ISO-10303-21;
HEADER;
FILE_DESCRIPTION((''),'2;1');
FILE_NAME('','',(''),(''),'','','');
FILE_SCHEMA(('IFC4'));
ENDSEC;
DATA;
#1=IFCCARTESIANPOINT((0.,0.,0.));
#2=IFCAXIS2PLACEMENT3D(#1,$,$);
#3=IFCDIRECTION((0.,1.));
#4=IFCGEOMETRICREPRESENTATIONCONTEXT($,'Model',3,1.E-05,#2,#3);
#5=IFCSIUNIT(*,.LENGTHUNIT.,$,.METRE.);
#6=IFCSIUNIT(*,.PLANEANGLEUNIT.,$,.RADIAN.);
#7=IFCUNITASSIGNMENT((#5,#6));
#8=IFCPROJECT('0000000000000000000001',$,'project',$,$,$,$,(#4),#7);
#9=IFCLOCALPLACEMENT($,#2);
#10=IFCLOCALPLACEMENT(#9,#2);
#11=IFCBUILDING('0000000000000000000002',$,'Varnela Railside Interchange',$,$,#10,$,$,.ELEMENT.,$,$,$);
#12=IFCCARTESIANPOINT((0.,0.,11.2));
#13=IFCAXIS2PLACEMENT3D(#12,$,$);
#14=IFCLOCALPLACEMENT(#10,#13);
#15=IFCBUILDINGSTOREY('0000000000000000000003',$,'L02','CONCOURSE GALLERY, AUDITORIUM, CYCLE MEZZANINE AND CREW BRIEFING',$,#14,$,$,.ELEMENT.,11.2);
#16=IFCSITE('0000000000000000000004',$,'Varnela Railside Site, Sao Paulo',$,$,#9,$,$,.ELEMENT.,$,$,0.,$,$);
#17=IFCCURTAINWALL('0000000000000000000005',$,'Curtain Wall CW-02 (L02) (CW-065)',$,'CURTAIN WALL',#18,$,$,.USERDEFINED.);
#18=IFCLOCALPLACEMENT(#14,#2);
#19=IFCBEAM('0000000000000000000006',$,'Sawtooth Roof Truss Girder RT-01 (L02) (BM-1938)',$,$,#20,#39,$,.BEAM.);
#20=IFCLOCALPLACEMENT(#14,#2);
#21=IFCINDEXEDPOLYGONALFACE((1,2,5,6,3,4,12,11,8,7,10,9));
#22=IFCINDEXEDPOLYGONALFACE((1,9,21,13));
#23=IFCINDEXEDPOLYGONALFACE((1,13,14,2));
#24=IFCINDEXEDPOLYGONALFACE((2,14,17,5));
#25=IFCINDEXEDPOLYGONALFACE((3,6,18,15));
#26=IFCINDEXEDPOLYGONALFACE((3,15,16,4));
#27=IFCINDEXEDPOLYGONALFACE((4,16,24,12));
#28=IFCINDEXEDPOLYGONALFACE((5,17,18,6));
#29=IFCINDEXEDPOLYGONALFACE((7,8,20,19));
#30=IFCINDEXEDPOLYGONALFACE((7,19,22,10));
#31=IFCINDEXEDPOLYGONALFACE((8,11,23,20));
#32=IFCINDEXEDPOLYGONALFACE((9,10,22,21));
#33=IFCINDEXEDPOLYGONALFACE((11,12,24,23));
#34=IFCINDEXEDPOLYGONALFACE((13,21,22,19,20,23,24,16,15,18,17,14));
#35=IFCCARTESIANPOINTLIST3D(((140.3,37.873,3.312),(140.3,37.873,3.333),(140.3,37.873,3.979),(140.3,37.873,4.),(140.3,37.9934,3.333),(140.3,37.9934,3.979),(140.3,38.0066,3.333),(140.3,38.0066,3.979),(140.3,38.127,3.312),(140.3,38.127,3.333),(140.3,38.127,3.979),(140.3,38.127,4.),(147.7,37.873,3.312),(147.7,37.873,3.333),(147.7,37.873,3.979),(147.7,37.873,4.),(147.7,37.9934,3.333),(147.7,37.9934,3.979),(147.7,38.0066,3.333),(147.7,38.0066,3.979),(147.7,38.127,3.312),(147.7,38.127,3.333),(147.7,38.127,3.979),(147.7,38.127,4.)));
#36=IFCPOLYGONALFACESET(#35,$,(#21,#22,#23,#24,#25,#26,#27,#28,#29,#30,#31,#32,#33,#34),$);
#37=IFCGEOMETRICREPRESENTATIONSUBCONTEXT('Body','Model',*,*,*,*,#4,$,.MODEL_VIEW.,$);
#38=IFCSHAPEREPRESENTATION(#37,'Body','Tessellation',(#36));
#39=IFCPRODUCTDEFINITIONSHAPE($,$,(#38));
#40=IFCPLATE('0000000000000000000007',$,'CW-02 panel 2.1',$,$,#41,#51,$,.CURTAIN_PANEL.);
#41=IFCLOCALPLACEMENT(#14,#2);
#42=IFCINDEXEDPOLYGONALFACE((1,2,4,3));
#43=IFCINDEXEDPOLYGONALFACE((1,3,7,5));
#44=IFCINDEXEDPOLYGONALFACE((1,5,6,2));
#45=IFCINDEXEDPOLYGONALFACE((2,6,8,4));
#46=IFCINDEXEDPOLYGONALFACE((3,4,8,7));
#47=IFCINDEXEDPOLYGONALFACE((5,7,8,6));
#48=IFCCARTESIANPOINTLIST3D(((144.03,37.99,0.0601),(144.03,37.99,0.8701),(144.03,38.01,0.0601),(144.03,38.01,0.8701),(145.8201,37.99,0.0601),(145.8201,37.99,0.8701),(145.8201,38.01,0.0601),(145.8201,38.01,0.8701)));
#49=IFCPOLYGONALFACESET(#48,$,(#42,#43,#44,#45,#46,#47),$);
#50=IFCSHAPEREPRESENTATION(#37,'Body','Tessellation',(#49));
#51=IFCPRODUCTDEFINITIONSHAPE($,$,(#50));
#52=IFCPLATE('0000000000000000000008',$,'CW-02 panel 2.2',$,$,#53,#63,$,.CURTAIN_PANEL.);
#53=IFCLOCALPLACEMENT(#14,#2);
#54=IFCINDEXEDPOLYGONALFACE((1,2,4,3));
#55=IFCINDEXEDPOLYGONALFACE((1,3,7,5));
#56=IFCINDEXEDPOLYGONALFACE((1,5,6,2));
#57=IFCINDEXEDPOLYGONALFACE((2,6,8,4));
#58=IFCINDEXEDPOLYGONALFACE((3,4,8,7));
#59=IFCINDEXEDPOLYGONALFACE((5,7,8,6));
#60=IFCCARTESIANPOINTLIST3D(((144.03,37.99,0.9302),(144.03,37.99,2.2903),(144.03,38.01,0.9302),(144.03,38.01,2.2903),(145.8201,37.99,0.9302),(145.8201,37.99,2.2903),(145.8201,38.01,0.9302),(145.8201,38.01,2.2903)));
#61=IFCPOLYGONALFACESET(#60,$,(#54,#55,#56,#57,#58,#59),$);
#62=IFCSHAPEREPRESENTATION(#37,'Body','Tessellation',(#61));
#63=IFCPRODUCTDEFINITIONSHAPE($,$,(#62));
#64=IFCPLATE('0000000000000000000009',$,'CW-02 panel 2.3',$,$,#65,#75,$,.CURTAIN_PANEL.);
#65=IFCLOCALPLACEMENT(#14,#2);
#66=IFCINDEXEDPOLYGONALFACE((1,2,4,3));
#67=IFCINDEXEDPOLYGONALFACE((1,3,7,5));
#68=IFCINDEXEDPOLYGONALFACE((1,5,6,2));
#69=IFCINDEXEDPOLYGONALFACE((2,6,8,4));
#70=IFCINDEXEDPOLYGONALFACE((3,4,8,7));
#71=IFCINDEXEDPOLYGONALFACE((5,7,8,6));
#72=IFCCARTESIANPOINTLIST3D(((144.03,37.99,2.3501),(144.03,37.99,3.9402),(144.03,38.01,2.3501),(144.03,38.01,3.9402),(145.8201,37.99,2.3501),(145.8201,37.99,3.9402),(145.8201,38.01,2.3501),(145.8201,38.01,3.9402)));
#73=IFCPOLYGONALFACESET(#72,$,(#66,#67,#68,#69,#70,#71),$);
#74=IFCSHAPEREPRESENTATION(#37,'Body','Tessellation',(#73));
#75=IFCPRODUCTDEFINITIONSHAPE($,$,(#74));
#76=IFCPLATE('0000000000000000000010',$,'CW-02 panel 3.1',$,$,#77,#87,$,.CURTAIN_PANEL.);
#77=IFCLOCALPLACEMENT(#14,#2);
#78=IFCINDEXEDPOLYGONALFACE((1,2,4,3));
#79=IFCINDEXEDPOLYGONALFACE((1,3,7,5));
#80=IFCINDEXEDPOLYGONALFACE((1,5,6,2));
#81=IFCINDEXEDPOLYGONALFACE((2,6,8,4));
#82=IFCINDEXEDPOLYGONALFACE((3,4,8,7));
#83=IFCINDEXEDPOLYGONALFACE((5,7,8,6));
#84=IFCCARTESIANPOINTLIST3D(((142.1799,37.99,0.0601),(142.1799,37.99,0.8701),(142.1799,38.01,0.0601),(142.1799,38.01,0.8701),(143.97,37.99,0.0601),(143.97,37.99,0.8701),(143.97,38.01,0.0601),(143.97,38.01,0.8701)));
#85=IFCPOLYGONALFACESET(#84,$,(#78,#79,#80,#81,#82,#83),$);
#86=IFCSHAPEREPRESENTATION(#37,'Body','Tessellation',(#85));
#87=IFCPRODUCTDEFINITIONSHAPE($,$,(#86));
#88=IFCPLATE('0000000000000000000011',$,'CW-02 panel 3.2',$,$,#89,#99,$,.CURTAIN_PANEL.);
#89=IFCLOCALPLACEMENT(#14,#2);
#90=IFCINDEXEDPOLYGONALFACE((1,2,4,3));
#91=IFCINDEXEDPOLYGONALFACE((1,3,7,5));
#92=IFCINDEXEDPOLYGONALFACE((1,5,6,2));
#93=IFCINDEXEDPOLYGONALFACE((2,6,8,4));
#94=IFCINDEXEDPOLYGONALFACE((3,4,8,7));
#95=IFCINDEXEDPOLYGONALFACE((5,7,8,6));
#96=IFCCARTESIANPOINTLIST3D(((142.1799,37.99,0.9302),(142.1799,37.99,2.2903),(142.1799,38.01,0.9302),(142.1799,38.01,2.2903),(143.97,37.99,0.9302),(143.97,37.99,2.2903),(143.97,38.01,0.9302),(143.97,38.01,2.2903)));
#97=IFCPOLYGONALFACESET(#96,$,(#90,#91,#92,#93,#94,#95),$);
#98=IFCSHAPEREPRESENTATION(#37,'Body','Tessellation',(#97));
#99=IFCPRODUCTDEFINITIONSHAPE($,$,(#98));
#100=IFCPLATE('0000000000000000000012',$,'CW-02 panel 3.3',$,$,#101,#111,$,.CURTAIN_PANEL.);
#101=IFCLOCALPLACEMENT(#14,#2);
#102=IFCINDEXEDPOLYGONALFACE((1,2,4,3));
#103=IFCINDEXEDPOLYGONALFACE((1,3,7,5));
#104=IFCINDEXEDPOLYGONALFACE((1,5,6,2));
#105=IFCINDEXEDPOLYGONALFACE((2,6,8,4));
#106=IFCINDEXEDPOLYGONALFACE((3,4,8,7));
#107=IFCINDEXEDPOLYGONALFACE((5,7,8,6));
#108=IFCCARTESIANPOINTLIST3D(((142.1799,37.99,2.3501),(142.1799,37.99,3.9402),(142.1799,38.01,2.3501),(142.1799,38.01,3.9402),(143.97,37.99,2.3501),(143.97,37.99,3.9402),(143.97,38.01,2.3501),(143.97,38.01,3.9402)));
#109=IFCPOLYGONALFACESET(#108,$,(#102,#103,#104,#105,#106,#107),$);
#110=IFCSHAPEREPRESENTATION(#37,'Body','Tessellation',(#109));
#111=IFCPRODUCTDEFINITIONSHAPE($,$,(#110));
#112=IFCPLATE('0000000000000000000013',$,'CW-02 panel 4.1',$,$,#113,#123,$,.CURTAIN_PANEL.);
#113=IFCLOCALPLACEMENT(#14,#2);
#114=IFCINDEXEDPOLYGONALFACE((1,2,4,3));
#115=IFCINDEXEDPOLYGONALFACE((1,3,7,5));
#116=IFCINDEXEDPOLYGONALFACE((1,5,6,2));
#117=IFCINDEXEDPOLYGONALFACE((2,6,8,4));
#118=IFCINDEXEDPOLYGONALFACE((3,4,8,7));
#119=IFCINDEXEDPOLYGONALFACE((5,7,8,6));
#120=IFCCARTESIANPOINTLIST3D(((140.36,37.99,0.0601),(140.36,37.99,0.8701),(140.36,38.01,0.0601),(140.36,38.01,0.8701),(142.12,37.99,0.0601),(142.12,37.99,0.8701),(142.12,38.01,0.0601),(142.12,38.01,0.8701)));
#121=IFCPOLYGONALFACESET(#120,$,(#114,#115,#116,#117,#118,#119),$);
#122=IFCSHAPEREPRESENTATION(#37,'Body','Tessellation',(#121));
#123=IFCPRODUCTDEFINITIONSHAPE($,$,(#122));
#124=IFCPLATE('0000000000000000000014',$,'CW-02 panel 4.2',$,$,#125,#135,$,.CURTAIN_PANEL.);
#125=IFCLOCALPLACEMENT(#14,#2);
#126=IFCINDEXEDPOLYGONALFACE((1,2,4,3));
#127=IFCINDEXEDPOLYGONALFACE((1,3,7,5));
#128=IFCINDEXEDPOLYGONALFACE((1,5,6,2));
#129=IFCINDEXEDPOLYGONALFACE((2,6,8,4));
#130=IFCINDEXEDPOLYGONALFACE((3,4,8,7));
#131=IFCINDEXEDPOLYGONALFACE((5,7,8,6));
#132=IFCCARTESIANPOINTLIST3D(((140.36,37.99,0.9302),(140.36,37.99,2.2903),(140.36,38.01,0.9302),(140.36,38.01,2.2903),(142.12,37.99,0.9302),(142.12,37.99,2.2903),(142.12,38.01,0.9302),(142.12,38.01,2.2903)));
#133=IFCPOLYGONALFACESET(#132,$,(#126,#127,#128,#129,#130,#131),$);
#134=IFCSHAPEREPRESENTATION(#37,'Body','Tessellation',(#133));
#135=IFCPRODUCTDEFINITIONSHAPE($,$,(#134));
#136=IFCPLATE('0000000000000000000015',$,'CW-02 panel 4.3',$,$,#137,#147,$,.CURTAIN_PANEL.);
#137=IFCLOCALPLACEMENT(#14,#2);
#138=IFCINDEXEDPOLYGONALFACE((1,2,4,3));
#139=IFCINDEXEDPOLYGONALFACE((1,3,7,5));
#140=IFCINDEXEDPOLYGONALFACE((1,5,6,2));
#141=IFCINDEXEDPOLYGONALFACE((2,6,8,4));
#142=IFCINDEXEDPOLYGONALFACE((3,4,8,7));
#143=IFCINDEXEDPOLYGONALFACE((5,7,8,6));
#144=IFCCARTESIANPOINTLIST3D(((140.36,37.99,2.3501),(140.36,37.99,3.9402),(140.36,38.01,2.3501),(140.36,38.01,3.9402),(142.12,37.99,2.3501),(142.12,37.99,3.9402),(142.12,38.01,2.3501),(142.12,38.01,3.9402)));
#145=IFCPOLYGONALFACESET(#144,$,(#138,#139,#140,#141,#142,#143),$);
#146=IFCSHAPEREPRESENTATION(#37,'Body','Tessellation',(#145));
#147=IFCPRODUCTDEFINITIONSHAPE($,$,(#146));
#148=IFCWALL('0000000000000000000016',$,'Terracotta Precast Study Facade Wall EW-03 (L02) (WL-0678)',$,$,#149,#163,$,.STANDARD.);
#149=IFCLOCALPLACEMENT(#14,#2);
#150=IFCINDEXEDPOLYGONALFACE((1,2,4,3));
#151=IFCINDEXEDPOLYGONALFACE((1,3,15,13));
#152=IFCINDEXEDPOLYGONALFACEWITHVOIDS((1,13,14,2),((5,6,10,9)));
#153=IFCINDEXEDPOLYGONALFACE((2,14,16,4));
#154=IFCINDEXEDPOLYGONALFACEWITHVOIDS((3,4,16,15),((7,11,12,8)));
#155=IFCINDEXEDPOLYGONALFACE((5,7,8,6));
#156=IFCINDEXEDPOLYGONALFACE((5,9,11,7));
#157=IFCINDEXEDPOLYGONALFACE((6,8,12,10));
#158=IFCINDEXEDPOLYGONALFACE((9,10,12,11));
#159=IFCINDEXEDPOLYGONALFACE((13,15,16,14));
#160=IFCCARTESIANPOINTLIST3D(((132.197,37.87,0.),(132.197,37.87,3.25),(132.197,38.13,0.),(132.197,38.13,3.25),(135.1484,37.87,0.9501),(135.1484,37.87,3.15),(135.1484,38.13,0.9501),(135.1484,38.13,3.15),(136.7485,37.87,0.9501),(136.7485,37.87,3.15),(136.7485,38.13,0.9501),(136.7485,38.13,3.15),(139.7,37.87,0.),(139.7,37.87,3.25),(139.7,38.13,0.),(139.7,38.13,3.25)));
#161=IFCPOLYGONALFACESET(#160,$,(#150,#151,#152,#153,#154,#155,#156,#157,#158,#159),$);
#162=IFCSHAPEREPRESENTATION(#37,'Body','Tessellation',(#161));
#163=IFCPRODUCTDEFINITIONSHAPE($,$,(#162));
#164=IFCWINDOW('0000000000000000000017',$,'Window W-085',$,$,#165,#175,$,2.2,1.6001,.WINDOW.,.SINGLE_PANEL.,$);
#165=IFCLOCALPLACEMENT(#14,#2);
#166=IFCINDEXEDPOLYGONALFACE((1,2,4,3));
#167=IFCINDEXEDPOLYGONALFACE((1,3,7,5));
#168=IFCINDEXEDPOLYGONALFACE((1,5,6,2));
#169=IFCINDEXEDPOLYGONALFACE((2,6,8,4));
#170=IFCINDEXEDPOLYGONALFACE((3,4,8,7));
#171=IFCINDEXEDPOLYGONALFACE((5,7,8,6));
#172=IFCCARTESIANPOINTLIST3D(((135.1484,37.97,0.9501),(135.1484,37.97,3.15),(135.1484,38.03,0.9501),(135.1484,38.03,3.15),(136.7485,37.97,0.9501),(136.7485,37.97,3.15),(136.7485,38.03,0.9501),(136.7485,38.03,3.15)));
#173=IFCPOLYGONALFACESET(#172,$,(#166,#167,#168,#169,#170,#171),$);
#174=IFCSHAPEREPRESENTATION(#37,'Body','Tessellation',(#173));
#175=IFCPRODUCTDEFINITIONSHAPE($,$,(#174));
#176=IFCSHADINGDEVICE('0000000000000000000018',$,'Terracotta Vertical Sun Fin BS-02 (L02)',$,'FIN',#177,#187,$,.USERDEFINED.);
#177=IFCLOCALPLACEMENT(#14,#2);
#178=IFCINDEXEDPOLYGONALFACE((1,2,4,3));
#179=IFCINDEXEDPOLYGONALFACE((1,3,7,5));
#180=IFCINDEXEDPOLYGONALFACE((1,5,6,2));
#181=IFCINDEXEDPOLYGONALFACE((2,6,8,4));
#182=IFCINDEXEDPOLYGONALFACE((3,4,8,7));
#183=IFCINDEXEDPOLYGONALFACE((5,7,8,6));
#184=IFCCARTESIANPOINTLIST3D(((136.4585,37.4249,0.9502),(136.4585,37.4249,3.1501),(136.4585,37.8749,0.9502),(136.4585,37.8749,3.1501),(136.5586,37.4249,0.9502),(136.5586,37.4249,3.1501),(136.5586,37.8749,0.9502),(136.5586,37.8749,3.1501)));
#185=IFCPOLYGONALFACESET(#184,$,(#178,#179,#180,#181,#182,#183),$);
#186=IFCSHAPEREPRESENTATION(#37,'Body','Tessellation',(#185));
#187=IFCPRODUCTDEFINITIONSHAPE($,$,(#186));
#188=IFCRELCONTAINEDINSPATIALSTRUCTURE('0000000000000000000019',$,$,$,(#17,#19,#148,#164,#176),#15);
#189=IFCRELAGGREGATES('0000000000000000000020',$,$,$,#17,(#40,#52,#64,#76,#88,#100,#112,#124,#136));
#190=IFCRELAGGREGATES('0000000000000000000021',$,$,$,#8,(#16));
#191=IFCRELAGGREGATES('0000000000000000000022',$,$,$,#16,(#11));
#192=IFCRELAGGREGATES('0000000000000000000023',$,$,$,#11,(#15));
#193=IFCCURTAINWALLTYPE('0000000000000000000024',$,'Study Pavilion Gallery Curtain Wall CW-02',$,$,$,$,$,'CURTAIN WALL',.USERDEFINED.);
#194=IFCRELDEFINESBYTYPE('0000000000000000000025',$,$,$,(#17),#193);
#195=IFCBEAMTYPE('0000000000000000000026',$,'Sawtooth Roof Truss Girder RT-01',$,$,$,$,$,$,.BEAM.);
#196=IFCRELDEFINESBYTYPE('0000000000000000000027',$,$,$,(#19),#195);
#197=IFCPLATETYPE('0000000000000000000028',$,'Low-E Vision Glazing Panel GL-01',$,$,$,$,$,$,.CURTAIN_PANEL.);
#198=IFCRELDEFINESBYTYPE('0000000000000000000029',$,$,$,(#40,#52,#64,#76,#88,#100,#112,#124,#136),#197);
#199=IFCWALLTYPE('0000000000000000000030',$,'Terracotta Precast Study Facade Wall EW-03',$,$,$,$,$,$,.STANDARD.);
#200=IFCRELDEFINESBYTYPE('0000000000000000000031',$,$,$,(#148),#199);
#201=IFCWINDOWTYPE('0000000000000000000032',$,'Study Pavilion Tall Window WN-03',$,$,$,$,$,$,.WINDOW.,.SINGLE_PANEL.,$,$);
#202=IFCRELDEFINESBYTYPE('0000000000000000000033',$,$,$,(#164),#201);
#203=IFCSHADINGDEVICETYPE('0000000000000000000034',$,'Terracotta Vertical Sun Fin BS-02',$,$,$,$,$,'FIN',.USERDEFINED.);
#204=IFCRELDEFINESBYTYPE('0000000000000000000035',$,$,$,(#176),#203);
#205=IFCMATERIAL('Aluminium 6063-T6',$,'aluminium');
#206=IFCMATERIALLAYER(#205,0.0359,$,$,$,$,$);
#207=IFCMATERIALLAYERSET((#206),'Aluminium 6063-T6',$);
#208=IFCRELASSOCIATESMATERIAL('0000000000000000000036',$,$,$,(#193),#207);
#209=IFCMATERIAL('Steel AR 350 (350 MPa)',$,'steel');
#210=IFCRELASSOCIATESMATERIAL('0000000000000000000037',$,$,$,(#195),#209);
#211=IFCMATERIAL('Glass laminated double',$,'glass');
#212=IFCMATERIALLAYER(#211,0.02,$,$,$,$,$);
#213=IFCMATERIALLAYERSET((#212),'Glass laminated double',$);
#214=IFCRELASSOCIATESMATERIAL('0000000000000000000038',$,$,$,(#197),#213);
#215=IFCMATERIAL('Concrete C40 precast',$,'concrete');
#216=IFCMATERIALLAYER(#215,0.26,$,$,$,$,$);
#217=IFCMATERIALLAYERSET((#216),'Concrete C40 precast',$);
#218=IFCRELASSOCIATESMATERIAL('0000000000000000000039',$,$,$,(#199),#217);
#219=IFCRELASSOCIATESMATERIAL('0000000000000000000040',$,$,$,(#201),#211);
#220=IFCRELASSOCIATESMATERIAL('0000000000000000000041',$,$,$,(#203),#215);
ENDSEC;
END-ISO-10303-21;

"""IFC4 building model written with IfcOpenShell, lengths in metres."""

from ifc_helpers import new_model, si_unit, direction, frame, frame_2d, origin, origin_2d, place, context, subcontext, project, spatial, rectangle, i_section, extrude, material, layer, layer_set, material_profile, profile_set, type_object, element, fill, aggregate, save


model = new_model("IFC4")

# Units and contexts
model_context = context("Model", 3, precision=1e-05, world=origin(), true_north=direction((0.0, 1.0)))
body_context = subcontext(model_context, "Body", "Model", "MODEL_VIEW")
ifc_project = project(units=[si_unit("LENGTHUNIT", "METRE"), si_unit("PLANEANGLEUNIT", "RADIAN")], contexts=[model_context])

# Site, building, storey
site_placement = place(None, origin())
site = spatial("IfcSite", under=ifc_project, at=site_placement, Name="Varnela Railside Site, Sao Paulo", CompositionType="ELEMENT", RefElevation=0.0)
building_placement = place(site_placement, origin())
building = spatial("IfcBuilding", under=site, at=building_placement, Name="Varnela Railside Interchange", CompositionType="ELEMENT")
storey_placement = place(building_placement, frame((0.0, 0.0, 11.2)))
storey = spatial("IfcBuildingStorey", under=building, at=storey_placement, Name="L02", Description="CONCOURSE GALLERY, AUDITORIUM, CYCLE MEZZANINE AND CREW BRIEFING", CompositionType="ELEMENT", Elevation=11.2)

# Curtain wall
ifc_material_1 = material(Name="Aluminium 6063-T6", Category="aluminium")
ifc_layer_1 = layer(ifc_material_1, 0.0359)
ifc_layer_set_1 = layer_set([ifc_layer_1], Name="Aluminium 6063-T6")
curtain_wall_type = type_object("IfcCurtainWallType", Name="Study Pavilion Gallery Curtain Wall CW-02", ElementType="CURTAIN WALL", PredefinedType="USERDEFINED", material=ifc_layer_set_1)
curtain_wall_placement = place(storey_placement, origin())
curtain_wall = element("IfcCurtainWall", 1, at=curtain_wall_placement, inside=storey, type_object=curtain_wall_type, Name="Curtain Wall CW-02 (L02) (CW-065)", ObjectType="CURTAIN WALL", PredefinedType="USERDEFINED")

# Beam
ifc_material_2 = material(Name="Steel AR 350 (350 MPa)", Category="steel")
ifc_material_profile_1 = material_profile(ifc_material_2, i_section(OverallWidth=0.2539, OverallDepth=0.688, WebThickness=0.0132, FlangeThickness=0.021, at=origin_2d()), Name="W690x152")
ifc_profile_set_1 = profile_set([ifc_material_profile_1], Name="Steel AR 350 (350 MPa)")
beam_type = type_object("IfcBeamType", Name="Sawtooth Roof Truss Girder RT-01", PredefinedType="BEAM", material=ifc_profile_set_1)
beam_placement = place(storey_placement, frame((140.3, 38.0, 3.656), z_axis=(1.0, 0.0, 0.0), x_axis=(0.0, 1.0, 0.0)))
element("IfcBeam", 2, at=beam_placement, inside=storey, type_object=beam_type, Name="Sawtooth Roof Truss Girder RT-01 (L02) (BM-1938)", PredefinedType="BEAM", context=body_context, shape_type="SweptSolid", body=[
    extrude(i_section(OverallWidth=0.2539, OverallDepth=0.688, WebThickness=0.0132, FlangeThickness=0.021, at=origin_2d()), origin(), (0.0, 0.0, 1.0), 7.3999),
])

# Plates
ifc_material_3 = material(Name="Glass laminated double", Category="glass")
ifc_layer_2 = layer(ifc_material_3, 0.02)
ifc_layer_set_2 = layer_set([ifc_layer_2], Name="Glass laminated double")
plate_type = type_object("IfcPlateType", Name="Low-E Vision Glazing Panel GL-01", PredefinedType="CURTAIN_PANEL", material=ifc_layer_set_2)
plate_1_placement = place(storey_placement, frame((144.925, 38.0, 0.0601), z_axis=(0.0, 0.0, 1.0), x_axis=(-1.0, 0.0, 0.0)))
plate_1 = element("IfcPlate", 3, at=plate_1_placement, type_object=plate_type, Name="CW-02 panel 2.1", PredefinedType="CURTAIN_PANEL", context=body_context, shape_type="SweptSolid", body=[
    extrude(rectangle(XDim=1.79, YDim=0.02, at=origin_2d()), origin(), (0.0, 0.0, 1.0), 0.8101),
])
plate_2_placement = place(storey_placement, frame((144.925, 38.0, 0.9302), z_axis=(0.0, 0.0, 1.0), x_axis=(-1.0, 0.0, 0.0)))
plate_2 = element("IfcPlate", 4, at=plate_2_placement, type_object=plate_type, Name="CW-02 panel 2.2", PredefinedType="CURTAIN_PANEL", context=body_context, shape_type="SweptSolid", body=[
    extrude(rectangle(XDim=1.79, YDim=0.02, at=origin_2d()), origin(), (0.0, 0.0, 1.0), 1.3601),
])
plate_3_placement = place(storey_placement, frame((144.925, 38.0, 2.3501), z_axis=(0.0, 0.0, 1.0), x_axis=(-1.0, 0.0, 0.0)))
plate_3 = element("IfcPlate", 5, at=plate_3_placement, type_object=plate_type, Name="CW-02 panel 2.3", PredefinedType="CURTAIN_PANEL", context=body_context, shape_type="SweptSolid", body=[
    extrude(rectangle(XDim=1.79, YDim=0.02, at=origin_2d()), origin(), (0.0, 0.0, 1.0), 1.5901),
])
plate_4_placement = place(storey_placement, frame((143.075, 38.0, 0.0601), z_axis=(0.0, 0.0, 1.0), x_axis=(-1.0, 0.0, 0.0)))
plate_4 = element("IfcPlate", 6, at=plate_4_placement, type_object=plate_type, Name="CW-02 panel 3.1", PredefinedType="CURTAIN_PANEL", context=body_context, shape_type="SweptSolid", body=[
    extrude(rectangle(XDim=1.79, YDim=0.02, at=origin_2d()), origin(), (0.0, 0.0, 1.0), 0.8101),
])
plate_5_placement = place(storey_placement, frame((143.075, 38.0, 0.9302), z_axis=(0.0, 0.0, 1.0), x_axis=(-1.0, 0.0, 0.0)))
plate_5 = element("IfcPlate", 7, at=plate_5_placement, type_object=plate_type, Name="CW-02 panel 3.2", PredefinedType="CURTAIN_PANEL", context=body_context, shape_type="SweptSolid", body=[
    extrude(rectangle(XDim=1.79, YDim=0.02, at=origin_2d()), origin(), (0.0, 0.0, 1.0), 1.3601),
])
plate_6_placement = place(storey_placement, frame((143.075, 38.0, 2.3501), z_axis=(0.0, 0.0, 1.0), x_axis=(-1.0, 0.0, 0.0)))
plate_6 = element("IfcPlate", 8, at=plate_6_placement, type_object=plate_type, Name="CW-02 panel 3.3", PredefinedType="CURTAIN_PANEL", context=body_context, shape_type="SweptSolid", body=[
    extrude(rectangle(XDim=1.79, YDim=0.02, at=origin_2d()), origin(), (0.0, 0.0, 1.0), 1.5901),
])
plate_7_placement = place(storey_placement, frame((141.24, 38.0, 0.0601), z_axis=(0.0, 0.0, 1.0), x_axis=(-1.0, 0.0, 0.0)))
plate_7 = element("IfcPlate", 9, at=plate_7_placement, type_object=plate_type, Name="CW-02 panel 4.1", PredefinedType="CURTAIN_PANEL", context=body_context, shape_type="SweptSolid", body=[
    extrude(rectangle(XDim=1.76, YDim=0.02, at=origin_2d()), origin(), (0.0, 0.0, 1.0), 0.8101),
])
plate_8_placement = place(storey_placement, frame((141.24, 38.0, 0.9302), z_axis=(0.0, 0.0, 1.0), x_axis=(-1.0, 0.0, 0.0)))
plate_8 = element("IfcPlate", 10, at=plate_8_placement, type_object=plate_type, Name="CW-02 panel 4.2", PredefinedType="CURTAIN_PANEL", context=body_context, shape_type="SweptSolid", body=[
    extrude(rectangle(XDim=1.76, YDim=0.02, at=origin_2d()), origin(), (0.0, 0.0, 1.0), 1.3601),
])
plate_9_placement = place(storey_placement, frame((141.24, 38.0, 2.3501), z_axis=(0.0, 0.0, 1.0), x_axis=(-1.0, 0.0, 0.0)))
plate_9 = element("IfcPlate", 11, at=plate_9_placement, type_object=plate_type, Name="CW-02 panel 4.3", PredefinedType="CURTAIN_PANEL", context=body_context, shape_type="SweptSolid", body=[
    extrude(rectangle(XDim=1.76, YDim=0.02, at=origin_2d()), origin(), (0.0, 0.0, 1.0), 1.5901),
])
aggregate(curtain_wall, [plate_1, plate_2, plate_3, plate_4, plate_5, plate_6, plate_7, plate_8, plate_9])

# Wall, opening, window
ifc_material_4 = material(Name="Concrete C40 precast", Category="concrete")
ifc_layer_3 = layer(ifc_material_4, 0.26)
ifc_layer_set_3 = layer_set([ifc_layer_3], Name="Concrete C40 precast")
wall_type = type_object("IfcWallType", Name="Terracotta Precast Study Facade Wall EW-03", PredefinedType="STANDARD", material=ifc_layer_set_3)
wall_placement = place(storey_placement, frame((139.7, 38.0, 0.0), z_axis=(0.0, 0.0, 1.0), x_axis=(-1.0, 0.0, 0.0)))
wall = element("IfcWall", 12, at=wall_placement, inside=storey, type_object=wall_type, Name="Terracotta Precast Study Facade Wall EW-03 (L02) (WL-0678)", PredefinedType="STANDARD", context=body_context, shape_type="SweptSolid", body=[
    extrude(rectangle(XDim=7.5029, YDim=0.26, at=frame_2d((3.7515, 0.0))), origin(), (0.0, 0.0, 1.0), 3.25),
])
opening_placement = place(wall_placement, frame((2.9514, 0.0, 0.95)))
opening = element("IfcOpeningElement", 13, at=opening_placement, cuts=wall, PredefinedType="OPENING", context=body_context, shape_type="SweptSolid", body=[
    extrude(rectangle(XDim=1.6001, YDim=2.2, at=frame_2d((0.8, 1.1001))), frame((0.0, 0.1399, 0.0), z_axis=(0.0, -1.0, 0.0), x_axis=(1.0, 0.0, 0.0)), (0.0, 0.0, 1.0), 0.28),
])
window_type = type_object("IfcWindowType", Name="Study Pavilion Tall Window WN-03", PartitioningType="SINGLE_PANEL", PredefinedType="WINDOW", material=ifc_material_3)
window_placement = place(opening_placement, origin())
window = element("IfcWindow", 14, at=window_placement, inside=storey, type_object=window_type, Name="Window W-085", OverallHeight=2.2, OverallWidth=1.6001, PartitioningType="SINGLE_PANEL", PredefinedType="WINDOW", context=body_context, shape_type="SweptSolid", body=[
    extrude(rectangle(XDim=1.6001, YDim=2.2, at=frame_2d((0.8, 1.1001))), frame((0.0, 0.03, 0.0), z_axis=(0.0, -1.0, 0.0), x_axis=(1.0, 0.0, 0.0)), (0.0, 0.0, 1.0), 0.0601),
])
fill(opening, window)

# Shading device
shading_device_type = type_object("IfcShadingDeviceType", Name="Terracotta Vertical Sun Fin BS-02", ElementType="FIN", PredefinedType="USERDEFINED", material=ifc_material_4)
for number, where, z_axis, x_axis, name in (
    (15, (136.5085, 37.6499, 0.9502), (0.0, 0.0, 1.0), (0.0, -1.0, 0.0), "Terracotta Vertical Sun Fin BS-02 (L02)"),
):
    element("IfcShadingDevice", number, at=place(storey_placement, frame(where, z_axis=z_axis, x_axis=x_axis)), inside=storey, type_object=shading_device_type, Name=name, ObjectType="FIN", PredefinedType="USERDEFINED", context=body_context, shape_type="SweptSolid", body=[
        extrude(rectangle(XDim=0.45, YDim=0.1001, at=origin_2d()), origin(), (0.0, 0.0, 1.0), 2.2),
    ])

save(model, "model.ifc")
